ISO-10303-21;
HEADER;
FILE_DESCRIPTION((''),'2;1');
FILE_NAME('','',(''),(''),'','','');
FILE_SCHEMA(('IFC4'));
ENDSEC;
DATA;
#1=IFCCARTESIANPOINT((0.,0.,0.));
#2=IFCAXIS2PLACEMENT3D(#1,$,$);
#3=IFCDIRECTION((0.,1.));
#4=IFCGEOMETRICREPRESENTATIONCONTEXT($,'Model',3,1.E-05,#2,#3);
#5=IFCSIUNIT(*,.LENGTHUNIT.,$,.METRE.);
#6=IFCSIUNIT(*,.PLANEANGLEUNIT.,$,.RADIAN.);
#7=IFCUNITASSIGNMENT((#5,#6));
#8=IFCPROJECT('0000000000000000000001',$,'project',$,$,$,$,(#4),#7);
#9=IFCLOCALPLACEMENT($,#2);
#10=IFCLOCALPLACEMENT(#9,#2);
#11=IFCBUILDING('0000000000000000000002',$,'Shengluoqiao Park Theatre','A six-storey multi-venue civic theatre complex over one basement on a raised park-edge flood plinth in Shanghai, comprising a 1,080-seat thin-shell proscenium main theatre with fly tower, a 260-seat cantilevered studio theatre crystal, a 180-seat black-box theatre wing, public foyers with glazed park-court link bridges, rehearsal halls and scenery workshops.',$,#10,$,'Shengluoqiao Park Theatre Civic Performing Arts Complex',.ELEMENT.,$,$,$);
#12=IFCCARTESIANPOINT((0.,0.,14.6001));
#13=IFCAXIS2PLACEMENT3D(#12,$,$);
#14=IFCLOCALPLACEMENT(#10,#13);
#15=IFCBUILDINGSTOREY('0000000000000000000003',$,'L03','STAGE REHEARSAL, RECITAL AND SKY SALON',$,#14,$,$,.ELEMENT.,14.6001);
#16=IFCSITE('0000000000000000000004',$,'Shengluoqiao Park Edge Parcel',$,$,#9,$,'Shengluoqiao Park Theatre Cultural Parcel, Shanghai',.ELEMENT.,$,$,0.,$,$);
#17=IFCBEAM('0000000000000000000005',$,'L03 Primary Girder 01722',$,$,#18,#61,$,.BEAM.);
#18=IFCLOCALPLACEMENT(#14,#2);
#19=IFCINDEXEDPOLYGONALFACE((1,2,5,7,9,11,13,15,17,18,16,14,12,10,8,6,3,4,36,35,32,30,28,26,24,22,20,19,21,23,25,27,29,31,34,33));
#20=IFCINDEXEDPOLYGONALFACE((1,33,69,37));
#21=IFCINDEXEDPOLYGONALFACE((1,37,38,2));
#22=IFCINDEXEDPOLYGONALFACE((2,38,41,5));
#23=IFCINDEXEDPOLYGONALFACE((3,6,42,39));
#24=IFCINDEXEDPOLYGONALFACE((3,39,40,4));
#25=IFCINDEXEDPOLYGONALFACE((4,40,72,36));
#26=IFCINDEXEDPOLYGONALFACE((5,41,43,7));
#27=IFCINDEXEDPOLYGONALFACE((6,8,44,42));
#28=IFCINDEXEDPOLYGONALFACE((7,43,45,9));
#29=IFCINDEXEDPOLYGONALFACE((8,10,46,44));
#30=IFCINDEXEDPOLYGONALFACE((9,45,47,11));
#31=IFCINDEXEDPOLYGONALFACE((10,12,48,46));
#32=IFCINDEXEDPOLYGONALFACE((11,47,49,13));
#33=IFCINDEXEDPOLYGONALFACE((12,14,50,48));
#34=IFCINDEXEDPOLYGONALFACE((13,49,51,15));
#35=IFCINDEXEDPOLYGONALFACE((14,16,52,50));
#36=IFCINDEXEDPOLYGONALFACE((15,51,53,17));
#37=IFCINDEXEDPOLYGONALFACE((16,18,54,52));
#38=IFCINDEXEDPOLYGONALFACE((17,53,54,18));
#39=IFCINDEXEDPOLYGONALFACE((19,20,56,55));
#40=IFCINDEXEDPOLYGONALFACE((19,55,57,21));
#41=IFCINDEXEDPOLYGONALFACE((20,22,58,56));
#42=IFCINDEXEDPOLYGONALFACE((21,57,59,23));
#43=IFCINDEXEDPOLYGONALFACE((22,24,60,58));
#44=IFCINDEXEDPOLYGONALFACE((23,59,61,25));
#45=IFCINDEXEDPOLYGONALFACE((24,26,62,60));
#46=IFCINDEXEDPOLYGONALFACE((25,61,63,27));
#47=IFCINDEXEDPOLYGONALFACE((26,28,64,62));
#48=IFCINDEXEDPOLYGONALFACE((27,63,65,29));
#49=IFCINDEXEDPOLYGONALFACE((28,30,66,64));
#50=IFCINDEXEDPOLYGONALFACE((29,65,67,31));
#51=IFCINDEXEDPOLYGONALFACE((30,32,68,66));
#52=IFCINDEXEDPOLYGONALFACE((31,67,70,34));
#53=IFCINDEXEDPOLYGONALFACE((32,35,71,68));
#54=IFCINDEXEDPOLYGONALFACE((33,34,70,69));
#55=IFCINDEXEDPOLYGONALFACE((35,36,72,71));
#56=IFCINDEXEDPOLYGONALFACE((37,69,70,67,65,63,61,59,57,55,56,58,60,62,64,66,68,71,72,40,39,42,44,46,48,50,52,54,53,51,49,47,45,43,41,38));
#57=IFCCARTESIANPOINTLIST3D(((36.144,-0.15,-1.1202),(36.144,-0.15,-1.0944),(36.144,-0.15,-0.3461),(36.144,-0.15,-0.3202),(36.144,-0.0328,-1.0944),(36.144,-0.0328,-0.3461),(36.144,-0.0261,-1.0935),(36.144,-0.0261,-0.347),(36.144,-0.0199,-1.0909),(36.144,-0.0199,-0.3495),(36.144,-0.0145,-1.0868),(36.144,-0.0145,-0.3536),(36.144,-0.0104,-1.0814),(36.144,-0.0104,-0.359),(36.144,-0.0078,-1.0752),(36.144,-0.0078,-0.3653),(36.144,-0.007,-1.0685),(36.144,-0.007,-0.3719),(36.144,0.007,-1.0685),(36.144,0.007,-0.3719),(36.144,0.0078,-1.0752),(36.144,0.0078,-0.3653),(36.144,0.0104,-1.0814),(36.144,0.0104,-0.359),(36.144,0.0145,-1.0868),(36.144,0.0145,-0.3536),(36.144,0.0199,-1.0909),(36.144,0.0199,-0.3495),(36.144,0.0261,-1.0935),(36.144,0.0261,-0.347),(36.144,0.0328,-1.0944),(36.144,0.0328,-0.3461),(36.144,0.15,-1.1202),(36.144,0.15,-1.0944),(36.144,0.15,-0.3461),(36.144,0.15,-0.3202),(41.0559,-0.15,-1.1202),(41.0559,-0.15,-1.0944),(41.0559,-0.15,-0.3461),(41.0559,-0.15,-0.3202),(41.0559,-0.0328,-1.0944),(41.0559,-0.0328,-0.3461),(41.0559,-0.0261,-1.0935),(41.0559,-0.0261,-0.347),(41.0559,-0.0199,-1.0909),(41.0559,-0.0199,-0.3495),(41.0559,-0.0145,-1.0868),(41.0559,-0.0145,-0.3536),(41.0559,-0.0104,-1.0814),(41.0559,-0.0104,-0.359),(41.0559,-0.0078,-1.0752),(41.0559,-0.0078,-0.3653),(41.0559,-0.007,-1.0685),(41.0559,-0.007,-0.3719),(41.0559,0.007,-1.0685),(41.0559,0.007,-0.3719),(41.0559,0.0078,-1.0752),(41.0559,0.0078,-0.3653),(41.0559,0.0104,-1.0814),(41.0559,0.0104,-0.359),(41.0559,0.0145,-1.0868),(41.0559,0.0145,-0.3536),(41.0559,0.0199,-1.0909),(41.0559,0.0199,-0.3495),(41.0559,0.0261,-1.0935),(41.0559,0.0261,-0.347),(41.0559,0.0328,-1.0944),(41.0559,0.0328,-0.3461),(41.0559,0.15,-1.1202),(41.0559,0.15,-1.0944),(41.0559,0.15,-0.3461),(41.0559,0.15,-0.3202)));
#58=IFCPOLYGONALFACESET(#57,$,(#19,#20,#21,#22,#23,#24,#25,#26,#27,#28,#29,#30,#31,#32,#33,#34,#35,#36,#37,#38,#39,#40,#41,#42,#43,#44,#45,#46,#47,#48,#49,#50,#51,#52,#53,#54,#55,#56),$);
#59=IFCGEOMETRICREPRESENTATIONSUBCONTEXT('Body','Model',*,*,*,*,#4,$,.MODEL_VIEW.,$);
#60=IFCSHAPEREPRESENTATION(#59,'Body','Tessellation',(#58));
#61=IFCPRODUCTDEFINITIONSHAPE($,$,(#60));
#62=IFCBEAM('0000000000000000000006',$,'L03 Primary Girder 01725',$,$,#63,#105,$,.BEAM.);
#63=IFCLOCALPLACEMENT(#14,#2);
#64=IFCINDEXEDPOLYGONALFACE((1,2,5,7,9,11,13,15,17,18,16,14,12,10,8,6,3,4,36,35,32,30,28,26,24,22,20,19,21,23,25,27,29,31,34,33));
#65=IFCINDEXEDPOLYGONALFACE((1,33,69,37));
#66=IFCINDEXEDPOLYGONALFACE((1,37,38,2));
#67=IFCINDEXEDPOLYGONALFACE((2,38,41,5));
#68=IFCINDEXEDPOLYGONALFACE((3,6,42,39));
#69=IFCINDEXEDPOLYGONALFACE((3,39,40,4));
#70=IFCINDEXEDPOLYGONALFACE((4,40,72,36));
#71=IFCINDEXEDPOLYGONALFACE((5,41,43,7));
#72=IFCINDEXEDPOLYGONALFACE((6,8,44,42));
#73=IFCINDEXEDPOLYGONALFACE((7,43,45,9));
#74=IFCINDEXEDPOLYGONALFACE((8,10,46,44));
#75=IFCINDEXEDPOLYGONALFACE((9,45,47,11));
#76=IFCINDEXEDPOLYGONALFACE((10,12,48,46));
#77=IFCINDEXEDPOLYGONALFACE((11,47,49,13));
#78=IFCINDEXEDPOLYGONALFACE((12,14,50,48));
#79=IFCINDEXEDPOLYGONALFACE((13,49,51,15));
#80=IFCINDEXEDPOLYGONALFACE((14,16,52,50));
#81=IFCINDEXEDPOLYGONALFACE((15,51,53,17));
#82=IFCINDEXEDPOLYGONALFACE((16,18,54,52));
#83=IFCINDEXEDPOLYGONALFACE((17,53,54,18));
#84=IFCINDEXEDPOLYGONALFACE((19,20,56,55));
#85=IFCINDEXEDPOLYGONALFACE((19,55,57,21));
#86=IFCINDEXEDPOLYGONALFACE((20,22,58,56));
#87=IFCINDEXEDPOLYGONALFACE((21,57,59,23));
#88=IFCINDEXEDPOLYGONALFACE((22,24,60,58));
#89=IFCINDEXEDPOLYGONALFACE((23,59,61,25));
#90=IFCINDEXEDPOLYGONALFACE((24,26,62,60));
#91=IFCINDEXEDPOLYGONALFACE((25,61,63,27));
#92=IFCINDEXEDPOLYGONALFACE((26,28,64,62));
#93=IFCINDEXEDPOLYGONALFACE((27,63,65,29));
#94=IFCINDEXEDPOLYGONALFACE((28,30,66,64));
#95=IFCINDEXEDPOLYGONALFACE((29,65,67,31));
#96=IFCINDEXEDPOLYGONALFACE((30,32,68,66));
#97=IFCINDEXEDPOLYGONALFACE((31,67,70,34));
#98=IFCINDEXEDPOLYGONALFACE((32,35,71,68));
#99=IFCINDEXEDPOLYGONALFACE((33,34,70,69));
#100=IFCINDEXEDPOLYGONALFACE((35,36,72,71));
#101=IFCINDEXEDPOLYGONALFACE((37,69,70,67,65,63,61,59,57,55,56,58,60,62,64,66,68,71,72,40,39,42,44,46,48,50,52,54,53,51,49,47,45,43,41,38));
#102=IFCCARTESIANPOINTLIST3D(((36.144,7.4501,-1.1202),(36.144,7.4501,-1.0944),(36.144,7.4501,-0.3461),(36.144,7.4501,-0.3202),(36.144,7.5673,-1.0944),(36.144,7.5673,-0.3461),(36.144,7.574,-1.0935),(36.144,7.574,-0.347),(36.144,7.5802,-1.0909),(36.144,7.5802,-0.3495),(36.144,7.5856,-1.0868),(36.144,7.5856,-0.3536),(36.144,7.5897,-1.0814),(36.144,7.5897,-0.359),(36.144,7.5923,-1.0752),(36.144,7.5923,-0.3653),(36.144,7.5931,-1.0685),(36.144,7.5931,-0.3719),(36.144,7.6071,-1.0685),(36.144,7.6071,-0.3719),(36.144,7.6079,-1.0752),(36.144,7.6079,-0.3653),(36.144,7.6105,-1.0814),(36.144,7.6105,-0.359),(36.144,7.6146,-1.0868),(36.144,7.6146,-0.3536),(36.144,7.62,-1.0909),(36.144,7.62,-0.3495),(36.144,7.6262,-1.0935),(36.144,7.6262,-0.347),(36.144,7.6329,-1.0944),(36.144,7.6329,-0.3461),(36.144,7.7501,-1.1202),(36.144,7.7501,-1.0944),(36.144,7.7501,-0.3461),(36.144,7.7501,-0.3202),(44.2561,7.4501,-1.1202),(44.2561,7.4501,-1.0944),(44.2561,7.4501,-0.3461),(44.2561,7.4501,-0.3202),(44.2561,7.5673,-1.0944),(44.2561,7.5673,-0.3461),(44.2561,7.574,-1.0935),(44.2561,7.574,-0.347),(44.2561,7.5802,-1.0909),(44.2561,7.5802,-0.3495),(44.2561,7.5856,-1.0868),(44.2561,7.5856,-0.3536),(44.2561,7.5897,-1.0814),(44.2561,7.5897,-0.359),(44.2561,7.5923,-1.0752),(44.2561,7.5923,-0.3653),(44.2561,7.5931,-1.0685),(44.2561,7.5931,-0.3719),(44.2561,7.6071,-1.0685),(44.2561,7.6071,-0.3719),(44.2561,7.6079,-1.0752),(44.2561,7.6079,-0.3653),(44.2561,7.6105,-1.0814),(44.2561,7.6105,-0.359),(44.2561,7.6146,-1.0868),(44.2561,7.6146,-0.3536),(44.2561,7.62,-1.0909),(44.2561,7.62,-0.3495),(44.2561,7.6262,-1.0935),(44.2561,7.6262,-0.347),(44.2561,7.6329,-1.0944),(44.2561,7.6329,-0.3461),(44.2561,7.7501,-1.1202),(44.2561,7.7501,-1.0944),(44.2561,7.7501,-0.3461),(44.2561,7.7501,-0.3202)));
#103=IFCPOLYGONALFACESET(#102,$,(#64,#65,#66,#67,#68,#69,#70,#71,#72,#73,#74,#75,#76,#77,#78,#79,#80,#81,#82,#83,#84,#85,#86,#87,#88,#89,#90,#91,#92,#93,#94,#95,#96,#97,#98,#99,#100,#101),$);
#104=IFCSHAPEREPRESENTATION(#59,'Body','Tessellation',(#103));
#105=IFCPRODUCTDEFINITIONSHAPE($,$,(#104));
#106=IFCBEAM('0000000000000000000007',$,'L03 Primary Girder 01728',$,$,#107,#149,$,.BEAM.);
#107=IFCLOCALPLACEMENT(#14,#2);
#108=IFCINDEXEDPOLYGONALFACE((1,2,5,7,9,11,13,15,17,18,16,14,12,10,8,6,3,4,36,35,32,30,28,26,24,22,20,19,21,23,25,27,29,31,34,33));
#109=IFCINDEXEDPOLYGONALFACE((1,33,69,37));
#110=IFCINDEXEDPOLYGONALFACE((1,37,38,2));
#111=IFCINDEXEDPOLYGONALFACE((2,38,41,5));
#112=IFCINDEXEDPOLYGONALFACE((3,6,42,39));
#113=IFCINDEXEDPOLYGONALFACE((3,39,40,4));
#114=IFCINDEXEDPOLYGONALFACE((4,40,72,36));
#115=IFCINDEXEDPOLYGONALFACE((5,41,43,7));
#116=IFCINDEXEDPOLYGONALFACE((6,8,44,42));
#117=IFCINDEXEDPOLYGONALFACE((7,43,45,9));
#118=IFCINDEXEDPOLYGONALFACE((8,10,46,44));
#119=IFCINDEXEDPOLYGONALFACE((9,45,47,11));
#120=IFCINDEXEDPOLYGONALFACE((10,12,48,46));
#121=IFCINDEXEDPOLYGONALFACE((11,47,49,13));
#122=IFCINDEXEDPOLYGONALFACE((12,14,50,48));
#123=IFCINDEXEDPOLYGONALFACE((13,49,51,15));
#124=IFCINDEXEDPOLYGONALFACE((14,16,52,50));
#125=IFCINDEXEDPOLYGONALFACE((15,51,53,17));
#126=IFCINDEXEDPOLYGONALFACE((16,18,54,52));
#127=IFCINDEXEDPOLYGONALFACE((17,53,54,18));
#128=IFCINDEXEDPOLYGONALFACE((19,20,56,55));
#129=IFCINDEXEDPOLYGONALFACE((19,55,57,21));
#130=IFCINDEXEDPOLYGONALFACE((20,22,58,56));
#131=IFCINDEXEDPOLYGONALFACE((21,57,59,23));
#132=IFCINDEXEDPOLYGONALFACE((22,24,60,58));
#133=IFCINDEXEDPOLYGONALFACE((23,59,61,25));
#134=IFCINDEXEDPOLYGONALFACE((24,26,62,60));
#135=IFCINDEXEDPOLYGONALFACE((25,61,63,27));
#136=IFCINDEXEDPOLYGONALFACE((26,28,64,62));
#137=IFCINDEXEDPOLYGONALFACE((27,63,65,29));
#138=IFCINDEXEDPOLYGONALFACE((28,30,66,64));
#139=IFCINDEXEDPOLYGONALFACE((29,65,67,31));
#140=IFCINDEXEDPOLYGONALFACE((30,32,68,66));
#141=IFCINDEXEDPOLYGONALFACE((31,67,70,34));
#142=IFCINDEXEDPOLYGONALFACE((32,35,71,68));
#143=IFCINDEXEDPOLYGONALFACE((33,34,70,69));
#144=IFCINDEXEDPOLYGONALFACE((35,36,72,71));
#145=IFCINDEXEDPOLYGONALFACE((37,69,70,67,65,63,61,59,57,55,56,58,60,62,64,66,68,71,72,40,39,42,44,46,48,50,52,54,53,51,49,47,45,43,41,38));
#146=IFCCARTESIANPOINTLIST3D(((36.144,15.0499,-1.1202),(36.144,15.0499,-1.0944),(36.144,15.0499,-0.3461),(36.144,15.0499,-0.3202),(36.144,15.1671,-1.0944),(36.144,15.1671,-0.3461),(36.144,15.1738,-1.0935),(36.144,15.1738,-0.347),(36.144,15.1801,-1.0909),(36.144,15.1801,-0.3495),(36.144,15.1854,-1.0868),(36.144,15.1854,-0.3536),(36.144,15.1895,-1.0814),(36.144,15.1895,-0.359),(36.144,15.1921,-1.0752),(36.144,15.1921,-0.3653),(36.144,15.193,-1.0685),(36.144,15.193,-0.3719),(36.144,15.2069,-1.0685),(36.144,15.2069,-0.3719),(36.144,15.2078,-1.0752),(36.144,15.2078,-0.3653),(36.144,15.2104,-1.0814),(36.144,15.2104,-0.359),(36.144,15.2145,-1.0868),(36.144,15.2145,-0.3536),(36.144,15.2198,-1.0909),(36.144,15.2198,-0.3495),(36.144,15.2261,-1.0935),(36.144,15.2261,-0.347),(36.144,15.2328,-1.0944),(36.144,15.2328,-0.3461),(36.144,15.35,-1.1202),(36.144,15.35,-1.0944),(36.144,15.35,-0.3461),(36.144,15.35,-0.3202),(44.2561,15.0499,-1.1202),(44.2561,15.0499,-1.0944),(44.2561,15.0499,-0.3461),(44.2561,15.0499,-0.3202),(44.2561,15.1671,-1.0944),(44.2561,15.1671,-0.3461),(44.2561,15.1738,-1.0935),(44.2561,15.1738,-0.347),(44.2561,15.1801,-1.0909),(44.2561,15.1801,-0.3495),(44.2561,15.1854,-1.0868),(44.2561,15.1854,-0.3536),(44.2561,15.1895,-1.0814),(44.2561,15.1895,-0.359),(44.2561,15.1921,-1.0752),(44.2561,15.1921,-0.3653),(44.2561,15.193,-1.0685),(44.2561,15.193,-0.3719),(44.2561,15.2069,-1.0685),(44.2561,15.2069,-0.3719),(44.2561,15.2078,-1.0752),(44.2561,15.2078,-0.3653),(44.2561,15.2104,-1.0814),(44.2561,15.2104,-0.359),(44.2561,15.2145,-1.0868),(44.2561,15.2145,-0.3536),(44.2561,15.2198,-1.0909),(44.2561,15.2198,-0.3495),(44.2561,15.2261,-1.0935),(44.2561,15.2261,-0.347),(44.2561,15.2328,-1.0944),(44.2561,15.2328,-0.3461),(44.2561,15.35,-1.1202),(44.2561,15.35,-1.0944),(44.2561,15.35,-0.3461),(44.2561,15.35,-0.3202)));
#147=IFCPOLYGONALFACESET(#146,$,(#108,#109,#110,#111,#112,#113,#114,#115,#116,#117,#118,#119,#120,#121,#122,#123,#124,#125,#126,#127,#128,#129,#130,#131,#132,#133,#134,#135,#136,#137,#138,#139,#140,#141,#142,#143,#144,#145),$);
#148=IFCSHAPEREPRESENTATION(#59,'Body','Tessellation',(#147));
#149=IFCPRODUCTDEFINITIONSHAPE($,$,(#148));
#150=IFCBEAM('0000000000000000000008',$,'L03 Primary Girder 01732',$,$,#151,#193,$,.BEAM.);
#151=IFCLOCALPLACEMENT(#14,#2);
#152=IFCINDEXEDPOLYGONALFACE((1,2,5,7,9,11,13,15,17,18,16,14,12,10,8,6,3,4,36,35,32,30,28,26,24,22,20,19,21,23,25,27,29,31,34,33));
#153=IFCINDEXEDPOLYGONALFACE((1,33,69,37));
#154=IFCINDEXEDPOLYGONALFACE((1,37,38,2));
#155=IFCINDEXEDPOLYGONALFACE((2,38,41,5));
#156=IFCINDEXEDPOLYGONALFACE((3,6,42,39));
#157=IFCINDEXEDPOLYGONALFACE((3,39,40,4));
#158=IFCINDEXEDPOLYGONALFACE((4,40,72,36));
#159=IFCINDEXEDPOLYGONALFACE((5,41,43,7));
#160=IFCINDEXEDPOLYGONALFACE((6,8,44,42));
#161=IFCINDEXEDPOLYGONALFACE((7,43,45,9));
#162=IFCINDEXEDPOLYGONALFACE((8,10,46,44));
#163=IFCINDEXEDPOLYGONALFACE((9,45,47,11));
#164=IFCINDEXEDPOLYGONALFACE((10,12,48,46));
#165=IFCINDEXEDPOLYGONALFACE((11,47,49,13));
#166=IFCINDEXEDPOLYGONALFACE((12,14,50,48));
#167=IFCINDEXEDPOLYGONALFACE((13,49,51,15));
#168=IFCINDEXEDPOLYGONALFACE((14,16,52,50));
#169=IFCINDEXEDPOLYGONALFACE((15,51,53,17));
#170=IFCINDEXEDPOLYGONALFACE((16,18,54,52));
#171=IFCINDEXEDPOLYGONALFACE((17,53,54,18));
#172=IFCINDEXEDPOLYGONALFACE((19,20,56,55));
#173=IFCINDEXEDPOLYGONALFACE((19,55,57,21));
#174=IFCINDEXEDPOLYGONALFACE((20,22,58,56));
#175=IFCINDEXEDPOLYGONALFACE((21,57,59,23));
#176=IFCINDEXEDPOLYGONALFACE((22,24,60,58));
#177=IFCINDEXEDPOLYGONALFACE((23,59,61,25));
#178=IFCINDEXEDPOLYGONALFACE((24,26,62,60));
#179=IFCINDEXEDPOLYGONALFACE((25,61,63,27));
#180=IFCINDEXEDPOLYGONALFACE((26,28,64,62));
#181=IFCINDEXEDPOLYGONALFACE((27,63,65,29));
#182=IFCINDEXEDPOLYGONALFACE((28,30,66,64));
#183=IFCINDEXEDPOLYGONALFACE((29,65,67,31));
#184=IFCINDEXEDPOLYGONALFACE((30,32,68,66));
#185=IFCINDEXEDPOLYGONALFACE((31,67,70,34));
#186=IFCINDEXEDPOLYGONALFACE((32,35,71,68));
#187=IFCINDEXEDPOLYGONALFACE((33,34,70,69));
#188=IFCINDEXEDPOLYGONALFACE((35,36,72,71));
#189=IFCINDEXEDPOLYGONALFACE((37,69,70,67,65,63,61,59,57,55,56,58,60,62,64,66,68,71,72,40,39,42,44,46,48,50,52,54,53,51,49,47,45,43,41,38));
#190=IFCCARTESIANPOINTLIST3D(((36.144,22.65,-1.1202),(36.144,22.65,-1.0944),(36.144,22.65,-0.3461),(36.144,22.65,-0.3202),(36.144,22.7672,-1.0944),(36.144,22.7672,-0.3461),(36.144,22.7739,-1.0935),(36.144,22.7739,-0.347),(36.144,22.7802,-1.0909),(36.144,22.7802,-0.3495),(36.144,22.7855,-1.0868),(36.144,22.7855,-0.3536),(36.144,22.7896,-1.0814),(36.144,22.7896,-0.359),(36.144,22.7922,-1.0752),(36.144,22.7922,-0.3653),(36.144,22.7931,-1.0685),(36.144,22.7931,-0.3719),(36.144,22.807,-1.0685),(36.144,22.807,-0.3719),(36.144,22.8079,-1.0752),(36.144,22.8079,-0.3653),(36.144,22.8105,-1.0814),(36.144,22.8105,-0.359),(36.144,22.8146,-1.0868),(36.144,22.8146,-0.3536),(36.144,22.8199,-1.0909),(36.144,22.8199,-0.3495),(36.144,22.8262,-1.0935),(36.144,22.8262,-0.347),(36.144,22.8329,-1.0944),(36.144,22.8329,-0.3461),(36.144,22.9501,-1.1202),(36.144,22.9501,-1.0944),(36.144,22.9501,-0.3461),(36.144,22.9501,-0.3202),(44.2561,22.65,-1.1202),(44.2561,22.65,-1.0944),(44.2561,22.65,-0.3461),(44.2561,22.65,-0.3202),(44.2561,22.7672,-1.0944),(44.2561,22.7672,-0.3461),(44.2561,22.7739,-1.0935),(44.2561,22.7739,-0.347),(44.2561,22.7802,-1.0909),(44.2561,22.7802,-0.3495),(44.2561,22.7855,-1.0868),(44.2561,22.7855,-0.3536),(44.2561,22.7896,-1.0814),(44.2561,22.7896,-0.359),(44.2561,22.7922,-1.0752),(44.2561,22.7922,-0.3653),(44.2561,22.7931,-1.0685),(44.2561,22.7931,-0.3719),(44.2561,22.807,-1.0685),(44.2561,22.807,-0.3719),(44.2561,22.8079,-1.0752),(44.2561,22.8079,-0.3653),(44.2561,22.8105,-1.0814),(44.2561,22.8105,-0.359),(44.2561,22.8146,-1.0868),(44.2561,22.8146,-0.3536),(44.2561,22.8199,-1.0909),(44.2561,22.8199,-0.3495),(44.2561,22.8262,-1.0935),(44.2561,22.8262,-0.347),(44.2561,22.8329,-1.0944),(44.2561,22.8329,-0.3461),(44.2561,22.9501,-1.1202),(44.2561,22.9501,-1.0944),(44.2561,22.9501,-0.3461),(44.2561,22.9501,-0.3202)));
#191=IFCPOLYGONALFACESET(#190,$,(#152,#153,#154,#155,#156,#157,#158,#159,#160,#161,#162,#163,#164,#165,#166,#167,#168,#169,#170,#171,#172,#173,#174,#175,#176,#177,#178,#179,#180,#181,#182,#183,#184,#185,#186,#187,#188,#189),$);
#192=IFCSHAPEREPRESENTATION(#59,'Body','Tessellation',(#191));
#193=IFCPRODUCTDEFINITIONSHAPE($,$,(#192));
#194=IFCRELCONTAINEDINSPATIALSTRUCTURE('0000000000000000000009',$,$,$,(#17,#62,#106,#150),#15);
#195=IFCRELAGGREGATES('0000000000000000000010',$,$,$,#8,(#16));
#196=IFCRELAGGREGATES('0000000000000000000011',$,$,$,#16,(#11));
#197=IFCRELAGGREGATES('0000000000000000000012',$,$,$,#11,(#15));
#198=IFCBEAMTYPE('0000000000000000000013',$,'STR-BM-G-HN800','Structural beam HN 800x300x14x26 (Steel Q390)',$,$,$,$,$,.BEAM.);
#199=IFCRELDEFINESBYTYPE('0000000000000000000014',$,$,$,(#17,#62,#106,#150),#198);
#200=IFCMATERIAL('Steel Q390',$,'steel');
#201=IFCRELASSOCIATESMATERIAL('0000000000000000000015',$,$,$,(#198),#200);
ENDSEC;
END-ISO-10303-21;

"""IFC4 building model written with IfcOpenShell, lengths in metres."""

from ifc_helpers import new_model, si_unit, direction, frame, origin, origin_2d, place, context, subcontext, project, spatial, i_section, extrude, material, material_profile, profile_set, type_object, element, save


model = new_model("IFC4")

# Units and contexts
model_context = context("Model", 3, precision=1e-05, world=origin(), true_north=direction((0.0, 1.0)))
body_context = subcontext(model_context, "Body", "Model", "MODEL_VIEW")
ifc_project = project(units=[si_unit("LENGTHUNIT", "METRE"), si_unit("PLANEANGLEUNIT", "RADIAN")], contexts=[model_context])

# Site, building, storey
site_placement = place(None, origin())
site = spatial("IfcSite", under=ifc_project, at=site_placement, Name="Shengluoqiao Park Edge Parcel", LongName="Shengluoqiao Park Theatre Cultural Parcel, Shanghai", CompositionType="ELEMENT", RefElevation=0.0)
building_placement = place(site_placement, origin())
building = spatial("IfcBuilding", under=site, at=building_placement, Name="Shengluoqiao Park Theatre", Description="A six-storey multi-venue civic theatre complex over one basement on a raised park-edge flood plinth in Shanghai, comprising a 1,080-seat thin-shell proscenium main theatre with fly tower, a 260-seat cantilevered studio theatre crystal, a 180-seat black-box theatre wing, public foyers with glazed park-court link bridges, rehearsal halls and scenery workshops.", LongName="Shengluoqiao Park Theatre Civic Performing Arts Complex", CompositionType="ELEMENT")
storey_placement = place(building_placement, frame((0.0, 0.0, 14.6001)))
storey = spatial("IfcBuildingStorey", under=building, at=storey_placement, Name="L03", Description="STAGE REHEARSAL, RECITAL AND SKY SALON", CompositionType="ELEMENT", Elevation=14.6001)

# Beams
ifc_material_1 = material(Name="Steel Q390", Category="steel")
ifc_material_profile_1 = material_profile(ifc_material_1, i_section(OverallWidth=0.3, OverallDepth=0.8, WebThickness=0.0139, FlangeThickness=0.0259, FilletRadius=0.0259, at=origin_2d()), Name="HN 800x300x14x26")
ifc_profile_set_1 = profile_set([ifc_material_profile_1], Name="Steel Q390")
beam_type_1 = type_object("IfcBeamType", Name="STR-BM-G-HN800", Description="Structural beam HN 800x300x14x26 (Steel Q390)", PredefinedType="BEAM", material=ifc_profile_set_1)
beam_1_placement = place(storey_placement, frame((36.144, 0.0, -0.7202), z_axis=(1.0, 0.0, 0.0), x_axis=(0.0, 1.0, 0.0)))
element("IfcBeam", 1, at=beam_1_placement, inside=storey, type_object=beam_type_1, Name="L03 Primary Girder 01722", PredefinedType="BEAM", context=body_context, shape_type="SweptSolid", body=[
    extrude(i_section(OverallWidth=0.3, OverallDepth=0.8, WebThickness=0.0139, FlangeThickness=0.0259, FilletRadius=0.0259, at=origin_2d()), origin(), (0.0, 0.0, 1.0), 4.9119),
])
for number, where, z_axis, x_axis, name in (
    (2, (36.144, 7.6001, -0.7202), (1.0, 0.0, 0.0), (0.0, 1.0, 0.0), "L03 Primary Girder 01725"),
    (3, (36.144, 15.2, -0.7202), (1.0, 0.0, 0.0), (0.0, 1.0, 0.0), "L03 Primary Girder 01728"),
    (4, (36.144, 22.8, -0.7202), (1.0, 0.0, 0.0), (0.0, 1.0, 0.0), "L03 Primary Girder 01732"),
):
    element("IfcBeam", number, at=place(storey_placement, frame(where, z_axis=z_axis, x_axis=x_axis)), inside=storey, type_object=beam_type_1, Name=name, PredefinedType="BEAM", context=body_context, shape_type="SweptSolid", body=[
        extrude(i_section(OverallWidth=0.3, OverallDepth=0.8, WebThickness=0.0139, FlangeThickness=0.0259, FilletRadius=0.0259, at=origin_2d()), origin(), (0.0, 0.0, 1.0), 8.1121),
    ])

save(model, "model.ifc")
